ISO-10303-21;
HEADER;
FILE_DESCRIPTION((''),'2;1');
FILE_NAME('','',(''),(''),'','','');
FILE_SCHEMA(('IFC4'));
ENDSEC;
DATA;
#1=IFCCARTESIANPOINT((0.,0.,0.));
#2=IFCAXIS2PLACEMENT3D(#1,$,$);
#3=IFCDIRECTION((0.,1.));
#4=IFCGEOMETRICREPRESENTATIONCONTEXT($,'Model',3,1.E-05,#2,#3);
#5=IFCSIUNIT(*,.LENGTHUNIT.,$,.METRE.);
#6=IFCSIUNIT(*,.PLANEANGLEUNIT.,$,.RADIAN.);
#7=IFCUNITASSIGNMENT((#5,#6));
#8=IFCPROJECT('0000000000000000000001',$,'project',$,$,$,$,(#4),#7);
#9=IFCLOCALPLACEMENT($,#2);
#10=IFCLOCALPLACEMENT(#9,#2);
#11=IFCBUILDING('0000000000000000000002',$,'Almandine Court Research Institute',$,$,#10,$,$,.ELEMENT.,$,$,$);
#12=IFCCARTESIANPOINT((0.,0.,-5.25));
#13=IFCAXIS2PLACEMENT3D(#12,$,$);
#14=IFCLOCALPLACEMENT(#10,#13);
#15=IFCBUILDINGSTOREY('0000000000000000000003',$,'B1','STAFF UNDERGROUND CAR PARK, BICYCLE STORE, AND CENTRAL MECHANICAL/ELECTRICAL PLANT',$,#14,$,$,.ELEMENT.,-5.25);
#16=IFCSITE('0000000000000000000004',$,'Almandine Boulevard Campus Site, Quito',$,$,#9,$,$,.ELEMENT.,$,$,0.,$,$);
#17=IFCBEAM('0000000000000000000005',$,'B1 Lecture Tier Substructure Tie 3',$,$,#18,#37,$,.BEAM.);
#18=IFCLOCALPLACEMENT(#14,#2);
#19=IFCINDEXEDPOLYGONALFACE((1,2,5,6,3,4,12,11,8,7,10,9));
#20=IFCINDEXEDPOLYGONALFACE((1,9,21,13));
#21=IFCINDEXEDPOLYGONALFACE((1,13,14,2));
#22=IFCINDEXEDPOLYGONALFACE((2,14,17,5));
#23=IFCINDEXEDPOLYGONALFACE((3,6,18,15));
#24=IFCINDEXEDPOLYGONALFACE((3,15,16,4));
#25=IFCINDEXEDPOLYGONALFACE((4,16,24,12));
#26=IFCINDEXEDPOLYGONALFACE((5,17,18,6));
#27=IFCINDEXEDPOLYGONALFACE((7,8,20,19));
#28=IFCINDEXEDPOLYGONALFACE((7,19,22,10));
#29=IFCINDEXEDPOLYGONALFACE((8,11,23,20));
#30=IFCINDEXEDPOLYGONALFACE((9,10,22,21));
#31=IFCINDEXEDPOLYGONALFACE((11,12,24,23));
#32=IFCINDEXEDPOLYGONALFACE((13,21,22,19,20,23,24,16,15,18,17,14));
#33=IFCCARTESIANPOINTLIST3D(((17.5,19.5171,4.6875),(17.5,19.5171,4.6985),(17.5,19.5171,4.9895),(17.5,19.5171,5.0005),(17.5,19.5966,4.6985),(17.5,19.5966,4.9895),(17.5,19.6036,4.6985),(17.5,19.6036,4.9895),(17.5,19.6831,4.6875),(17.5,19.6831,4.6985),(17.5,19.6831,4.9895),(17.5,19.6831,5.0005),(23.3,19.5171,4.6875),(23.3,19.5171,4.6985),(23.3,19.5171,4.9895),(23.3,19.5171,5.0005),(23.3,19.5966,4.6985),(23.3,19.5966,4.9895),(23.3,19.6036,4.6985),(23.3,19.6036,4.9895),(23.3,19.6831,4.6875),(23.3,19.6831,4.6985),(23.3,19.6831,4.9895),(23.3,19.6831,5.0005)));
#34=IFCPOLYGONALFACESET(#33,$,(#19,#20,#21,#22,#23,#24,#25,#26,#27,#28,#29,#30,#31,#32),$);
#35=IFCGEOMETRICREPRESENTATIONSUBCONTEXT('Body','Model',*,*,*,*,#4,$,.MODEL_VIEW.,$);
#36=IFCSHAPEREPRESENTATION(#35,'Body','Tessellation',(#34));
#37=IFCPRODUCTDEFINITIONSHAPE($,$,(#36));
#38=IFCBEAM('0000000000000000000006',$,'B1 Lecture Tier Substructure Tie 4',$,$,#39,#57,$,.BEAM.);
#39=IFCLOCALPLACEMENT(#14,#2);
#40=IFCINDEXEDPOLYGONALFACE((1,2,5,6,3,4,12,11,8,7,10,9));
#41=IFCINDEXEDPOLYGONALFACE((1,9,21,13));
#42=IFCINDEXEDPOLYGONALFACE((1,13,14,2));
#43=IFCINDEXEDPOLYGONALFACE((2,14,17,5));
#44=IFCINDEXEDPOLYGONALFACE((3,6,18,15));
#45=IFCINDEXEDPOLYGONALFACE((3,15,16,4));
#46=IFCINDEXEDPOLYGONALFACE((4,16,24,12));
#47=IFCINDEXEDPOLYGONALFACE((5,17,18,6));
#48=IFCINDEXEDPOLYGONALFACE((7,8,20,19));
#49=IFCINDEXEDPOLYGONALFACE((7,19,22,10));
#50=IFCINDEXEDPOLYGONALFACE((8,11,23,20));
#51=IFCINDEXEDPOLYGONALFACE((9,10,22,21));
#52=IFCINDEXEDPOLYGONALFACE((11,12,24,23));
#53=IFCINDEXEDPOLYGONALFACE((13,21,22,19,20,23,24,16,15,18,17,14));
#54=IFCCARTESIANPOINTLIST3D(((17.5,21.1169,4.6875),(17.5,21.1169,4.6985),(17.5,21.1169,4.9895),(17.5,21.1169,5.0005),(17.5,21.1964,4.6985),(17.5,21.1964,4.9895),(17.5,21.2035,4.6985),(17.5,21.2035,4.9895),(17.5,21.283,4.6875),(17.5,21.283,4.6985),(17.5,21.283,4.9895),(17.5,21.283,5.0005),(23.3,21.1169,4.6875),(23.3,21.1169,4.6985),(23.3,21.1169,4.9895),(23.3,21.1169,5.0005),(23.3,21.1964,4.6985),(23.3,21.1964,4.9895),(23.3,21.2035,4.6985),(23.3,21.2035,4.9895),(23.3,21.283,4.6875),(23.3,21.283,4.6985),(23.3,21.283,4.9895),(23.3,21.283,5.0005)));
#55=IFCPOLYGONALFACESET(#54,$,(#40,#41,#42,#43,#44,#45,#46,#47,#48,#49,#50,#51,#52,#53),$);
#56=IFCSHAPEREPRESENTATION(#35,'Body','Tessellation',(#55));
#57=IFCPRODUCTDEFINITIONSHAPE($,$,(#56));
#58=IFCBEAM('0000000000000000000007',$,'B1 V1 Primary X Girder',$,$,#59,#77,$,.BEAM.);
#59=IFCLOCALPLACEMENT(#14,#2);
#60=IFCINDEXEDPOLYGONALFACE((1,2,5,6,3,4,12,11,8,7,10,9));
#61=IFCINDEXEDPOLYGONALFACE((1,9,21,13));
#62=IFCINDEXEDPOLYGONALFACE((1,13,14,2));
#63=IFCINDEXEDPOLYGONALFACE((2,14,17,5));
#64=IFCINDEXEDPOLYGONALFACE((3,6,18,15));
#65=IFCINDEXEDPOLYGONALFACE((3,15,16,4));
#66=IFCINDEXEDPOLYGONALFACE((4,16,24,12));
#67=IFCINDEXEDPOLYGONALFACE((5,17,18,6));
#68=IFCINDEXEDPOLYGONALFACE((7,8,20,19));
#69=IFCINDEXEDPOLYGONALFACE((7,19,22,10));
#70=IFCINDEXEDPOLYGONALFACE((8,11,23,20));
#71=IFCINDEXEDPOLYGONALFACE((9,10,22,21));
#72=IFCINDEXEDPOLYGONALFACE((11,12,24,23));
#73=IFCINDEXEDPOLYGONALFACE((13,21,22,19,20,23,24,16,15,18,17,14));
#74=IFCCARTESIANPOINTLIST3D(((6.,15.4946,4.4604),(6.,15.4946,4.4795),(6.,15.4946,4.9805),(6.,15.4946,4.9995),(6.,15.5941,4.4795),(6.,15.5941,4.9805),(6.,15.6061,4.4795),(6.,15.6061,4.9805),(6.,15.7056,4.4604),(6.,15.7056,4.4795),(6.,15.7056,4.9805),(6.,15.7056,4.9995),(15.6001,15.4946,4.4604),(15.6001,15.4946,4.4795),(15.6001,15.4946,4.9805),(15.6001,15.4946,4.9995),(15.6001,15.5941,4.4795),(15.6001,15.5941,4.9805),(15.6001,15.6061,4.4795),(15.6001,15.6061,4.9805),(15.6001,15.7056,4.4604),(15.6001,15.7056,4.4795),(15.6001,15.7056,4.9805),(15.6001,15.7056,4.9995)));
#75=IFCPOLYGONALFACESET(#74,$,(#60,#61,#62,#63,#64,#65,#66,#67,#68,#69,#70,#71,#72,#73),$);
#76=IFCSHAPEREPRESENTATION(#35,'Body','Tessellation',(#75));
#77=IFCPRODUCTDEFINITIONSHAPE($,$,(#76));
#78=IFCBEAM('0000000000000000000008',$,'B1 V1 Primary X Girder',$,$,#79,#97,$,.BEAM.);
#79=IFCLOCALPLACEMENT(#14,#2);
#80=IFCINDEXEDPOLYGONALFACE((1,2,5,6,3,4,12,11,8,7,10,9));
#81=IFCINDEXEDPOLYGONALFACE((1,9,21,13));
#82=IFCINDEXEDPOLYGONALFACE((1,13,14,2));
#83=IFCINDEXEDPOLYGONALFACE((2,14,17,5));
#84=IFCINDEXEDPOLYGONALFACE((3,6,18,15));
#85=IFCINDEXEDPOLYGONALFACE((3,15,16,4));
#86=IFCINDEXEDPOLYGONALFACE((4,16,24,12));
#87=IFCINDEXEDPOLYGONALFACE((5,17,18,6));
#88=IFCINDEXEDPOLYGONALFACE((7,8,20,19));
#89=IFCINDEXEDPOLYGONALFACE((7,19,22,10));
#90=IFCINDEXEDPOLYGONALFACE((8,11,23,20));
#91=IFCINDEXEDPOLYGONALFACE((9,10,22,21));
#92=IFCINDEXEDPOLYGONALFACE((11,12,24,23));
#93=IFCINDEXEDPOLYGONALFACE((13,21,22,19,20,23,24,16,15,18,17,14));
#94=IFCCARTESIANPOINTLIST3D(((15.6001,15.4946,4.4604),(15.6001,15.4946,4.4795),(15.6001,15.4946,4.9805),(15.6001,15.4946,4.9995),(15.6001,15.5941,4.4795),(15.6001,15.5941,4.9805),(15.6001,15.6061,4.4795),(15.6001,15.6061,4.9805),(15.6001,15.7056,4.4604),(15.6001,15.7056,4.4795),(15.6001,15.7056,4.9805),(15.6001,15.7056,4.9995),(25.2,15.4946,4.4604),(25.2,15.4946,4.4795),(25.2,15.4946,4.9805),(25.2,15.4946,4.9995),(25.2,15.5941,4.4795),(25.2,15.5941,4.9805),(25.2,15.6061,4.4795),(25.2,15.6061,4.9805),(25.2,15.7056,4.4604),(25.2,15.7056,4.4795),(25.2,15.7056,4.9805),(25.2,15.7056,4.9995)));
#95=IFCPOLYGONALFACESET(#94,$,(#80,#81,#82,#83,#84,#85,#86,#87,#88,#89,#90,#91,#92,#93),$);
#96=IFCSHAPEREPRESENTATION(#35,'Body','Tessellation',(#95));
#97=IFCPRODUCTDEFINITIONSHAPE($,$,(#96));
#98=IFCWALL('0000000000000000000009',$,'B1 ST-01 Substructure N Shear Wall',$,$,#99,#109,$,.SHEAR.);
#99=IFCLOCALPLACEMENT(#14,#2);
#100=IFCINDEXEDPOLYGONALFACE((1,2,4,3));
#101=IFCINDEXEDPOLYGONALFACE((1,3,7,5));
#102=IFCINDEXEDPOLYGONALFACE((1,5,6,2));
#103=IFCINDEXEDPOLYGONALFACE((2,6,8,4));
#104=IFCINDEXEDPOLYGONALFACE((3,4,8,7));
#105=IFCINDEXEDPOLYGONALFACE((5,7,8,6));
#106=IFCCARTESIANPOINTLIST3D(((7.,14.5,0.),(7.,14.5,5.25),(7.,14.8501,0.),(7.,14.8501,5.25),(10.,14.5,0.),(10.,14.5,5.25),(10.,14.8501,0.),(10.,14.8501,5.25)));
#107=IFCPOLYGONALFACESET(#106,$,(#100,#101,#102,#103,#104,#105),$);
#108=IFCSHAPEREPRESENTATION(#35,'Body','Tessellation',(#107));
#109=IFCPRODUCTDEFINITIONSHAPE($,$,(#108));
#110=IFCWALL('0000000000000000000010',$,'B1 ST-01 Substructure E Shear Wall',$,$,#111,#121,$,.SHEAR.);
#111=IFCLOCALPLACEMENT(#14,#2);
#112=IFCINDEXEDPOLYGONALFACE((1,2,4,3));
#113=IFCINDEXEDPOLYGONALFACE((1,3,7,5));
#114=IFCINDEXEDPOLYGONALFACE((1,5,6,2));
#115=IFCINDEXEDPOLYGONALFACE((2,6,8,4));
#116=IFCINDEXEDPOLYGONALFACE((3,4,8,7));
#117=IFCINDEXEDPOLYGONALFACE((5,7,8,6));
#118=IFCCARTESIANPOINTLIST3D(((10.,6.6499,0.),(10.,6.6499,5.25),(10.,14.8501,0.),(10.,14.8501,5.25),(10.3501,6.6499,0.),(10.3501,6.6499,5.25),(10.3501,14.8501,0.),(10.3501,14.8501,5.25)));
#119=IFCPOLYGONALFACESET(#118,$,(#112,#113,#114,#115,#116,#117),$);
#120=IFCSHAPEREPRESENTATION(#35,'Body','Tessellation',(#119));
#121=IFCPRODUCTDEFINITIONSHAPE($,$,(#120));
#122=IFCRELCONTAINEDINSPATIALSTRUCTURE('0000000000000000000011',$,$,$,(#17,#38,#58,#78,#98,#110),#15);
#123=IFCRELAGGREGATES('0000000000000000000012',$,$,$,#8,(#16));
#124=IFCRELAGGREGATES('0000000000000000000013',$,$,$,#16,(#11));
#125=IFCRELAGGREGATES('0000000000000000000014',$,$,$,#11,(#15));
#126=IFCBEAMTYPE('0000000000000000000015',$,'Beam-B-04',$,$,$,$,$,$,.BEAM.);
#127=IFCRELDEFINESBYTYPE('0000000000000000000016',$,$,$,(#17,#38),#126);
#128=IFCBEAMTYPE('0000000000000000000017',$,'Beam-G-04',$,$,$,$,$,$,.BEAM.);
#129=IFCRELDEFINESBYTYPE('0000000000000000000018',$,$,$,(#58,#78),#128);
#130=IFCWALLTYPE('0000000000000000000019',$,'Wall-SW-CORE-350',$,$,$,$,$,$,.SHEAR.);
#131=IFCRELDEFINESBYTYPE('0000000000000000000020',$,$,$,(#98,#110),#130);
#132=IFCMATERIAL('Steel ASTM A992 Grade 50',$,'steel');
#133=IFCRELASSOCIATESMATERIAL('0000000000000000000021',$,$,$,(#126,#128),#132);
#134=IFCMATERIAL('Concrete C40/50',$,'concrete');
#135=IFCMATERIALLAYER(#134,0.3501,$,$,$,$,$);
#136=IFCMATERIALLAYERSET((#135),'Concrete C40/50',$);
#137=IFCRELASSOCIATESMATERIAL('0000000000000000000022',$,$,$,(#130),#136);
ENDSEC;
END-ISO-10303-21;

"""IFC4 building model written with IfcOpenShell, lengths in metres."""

from ifc_helpers import new_model, si_unit, direction, frame, frame_2d, origin, origin_2d, place, context, subcontext, project, spatial, rectangle, i_section, extrude, material, layer, layer_set, material_profile, profile_set, type_object, element, save


model = new_model("IFC4")

# Units and contexts
model_context = context("Model", 3, precision=1e-05, world=origin(), true_north=direction((0.0, 1.0)))
body_context = subcontext(model_context, "Body", "Model", "MODEL_VIEW")
ifc_project = project(units=[si_unit("LENGTHUNIT", "METRE"), si_unit("PLANEANGLEUNIT", "RADIAN")], contexts=[model_context])

# Site, building, storey
site_placement = place(None, origin())
site = spatial("IfcSite", under=ifc_project, at=site_placement, Name="Almandine Boulevard Campus Site, Quito", CompositionType="ELEMENT", RefElevation=0.0)
building_placement = place(site_placement, origin())
building = spatial("IfcBuilding", under=site, at=building_placement, Name="Almandine Court Research Institute", CompositionType="ELEMENT")
storey_placement = place(building_placement, frame((0.0, 0.0, -5.25)))
storey = spatial("IfcBuildingStorey", under=building, at=storey_placement, Name="B1", Description="STAFF UNDERGROUND CAR PARK, BICYCLE STORE, AND CENTRAL MECHANICAL/ELECTRICAL PLANT", CompositionType="ELEMENT", Elevation=-5.25)

# Shared definitions
ifc_material_1 = material(Name="Concrete C40/50", Category="concrete")
ifc_material_2 = material(Name="Steel ASTM A992 Grade 50", Category="steel")

# Beams
ifc_material_profile_1 = material_profile(ifc_material_2, i_section(OverallWidth=0.166, OverallDepth=0.313, WebThickness=0.0071, FlangeThickness=0.011, at=origin_2d()), Name="W310x45")
ifc_profile_set_1 = profile_set([ifc_material_profile_1], Name="Steel ASTM A992 Grade 50")
beam_type_1 = type_object("IfcBeamType", Name="Beam-B-04", PredefinedType="BEAM", material=ifc_profile_set_1)
for number, where, z_axis, x_axis, name in (
    (1, (17.5, 19.6001, 4.844), (1.0, 0.0, 0.0), (0.0, 1.0, 0.0), "B1 Lecture Tier Substructure Tie 3"),
    (2, (17.5, 21.2, 4.844), (1.0, 0.0, 0.0), (0.0, 1.0, 0.0), "B1 Lecture Tier Substructure Tie 4"),
):
    element("IfcBeam", number, at=place(storey_placement, frame(where, z_axis=z_axis, x_axis=x_axis)), inside=storey, type_object=beam_type_1, Name=name, PredefinedType="BEAM", context=body_context, shape_type="SweptSolid", body=[
        extrude(i_section(OverallWidth=0.166, OverallDepth=0.313, WebThickness=0.0071, FlangeThickness=0.011, at=origin_2d()), origin(), (0.0, 0.0, 1.0), 5.8),
    ])
ifc_material_profile_2 = material_profile(ifc_material_2, i_section(OverallWidth=0.2109, OverallDepth=0.5391, WebThickness=0.012, FlangeThickness=0.019, at=origin_2d()), Name="W530x109")
ifc_profile_set_2 = profile_set([ifc_material_profile_2], Name="Steel ASTM A992 Grade 50")
beam_type_2 = type_object("IfcBeamType", Name="Beam-G-04", PredefinedType="BEAM", material=ifc_profile_set_2)
beam_1_placement = place(storey_placement, frame((6.0, 15.6001, 4.73), z_axis=(1.0, 0.0, 0.0), x_axis=(0.0, 1.0, 0.0)))
element("IfcBeam", 3, at=beam_1_placement, inside=storey, type_object=beam_type_2, Name="B1 V1 Primary X Girder", PredefinedType="BEAM", context=body_context, shape_type="SweptSolid", body=[
    extrude(i_section(OverallWidth=0.2109, OverallDepth=0.5391, WebThickness=0.012, FlangeThickness=0.019, at=origin_2d()), origin(), (0.0, 0.0, 1.0), 9.6001),
])
beam_2_placement = place(storey_placement, frame((15.6001, 15.6001, 4.73), z_axis=(1.0, 0.0, 0.0), x_axis=(0.0, 1.0, 0.0)))
element("IfcBeam", 4, at=beam_2_placement, inside=storey, type_object=beam_type_2, Name="B1 V1 Primary X Girder", PredefinedType="BEAM", context=body_context, shape_type="SweptSolid", body=[
    extrude(i_section(OverallWidth=0.2109, OverallDepth=0.5391, WebThickness=0.012, FlangeThickness=0.019, at=origin_2d()), origin(), (0.0, 0.0, 1.0), 9.5999),
])

# Walls
ifc_layer = layer(ifc_material_1, 0.3501)
ifc_layer_set = layer_set([ifc_layer], Name="Concrete C40/50")
wall_type = type_object("IfcWallType", Name="Wall-SW-CORE-350", PredefinedType="SHEAR", material=ifc_layer_set)
wall_1_placement = place(storey_placement, frame((7.0, 14.675, 0.0), z_axis=(0.0, 0.0, 1.0), x_axis=(1.0, 0.0, 0.0)))
element("IfcWall", 5, at=wall_1_placement, inside=storey, type_object=wall_type, Name="B1 ST-01 Substructure N Shear Wall", PredefinedType="SHEAR", context=body_context, shape_type="SweptSolid", body=[
    extrude(rectangle(XDim=3.0, YDim=0.3501, at=frame_2d((1.5, 0.0))), origin(), (0.0, 0.0, 1.0), 5.25),
])
wall_2_placement = place(storey_placement, frame((10.175, 14.8501, 0.0), z_axis=(0.0, 0.0, 1.0), x_axis=(0.0, -1.0, 0.0)))
element("IfcWall", 6, at=wall_2_placement, inside=storey, type_object=wall_type, Name="B1 ST-01 Substructure E Shear Wall", PredefinedType="SHEAR", context=body_context, shape_type="SweptSolid", body=[
    extrude(rectangle(XDim=8.2002, YDim=0.3501, at=frame_2d((4.1001, 0.0))), origin(), (0.0, 0.0, 1.0), 5.25),
])

save(model, "model.ifc")
